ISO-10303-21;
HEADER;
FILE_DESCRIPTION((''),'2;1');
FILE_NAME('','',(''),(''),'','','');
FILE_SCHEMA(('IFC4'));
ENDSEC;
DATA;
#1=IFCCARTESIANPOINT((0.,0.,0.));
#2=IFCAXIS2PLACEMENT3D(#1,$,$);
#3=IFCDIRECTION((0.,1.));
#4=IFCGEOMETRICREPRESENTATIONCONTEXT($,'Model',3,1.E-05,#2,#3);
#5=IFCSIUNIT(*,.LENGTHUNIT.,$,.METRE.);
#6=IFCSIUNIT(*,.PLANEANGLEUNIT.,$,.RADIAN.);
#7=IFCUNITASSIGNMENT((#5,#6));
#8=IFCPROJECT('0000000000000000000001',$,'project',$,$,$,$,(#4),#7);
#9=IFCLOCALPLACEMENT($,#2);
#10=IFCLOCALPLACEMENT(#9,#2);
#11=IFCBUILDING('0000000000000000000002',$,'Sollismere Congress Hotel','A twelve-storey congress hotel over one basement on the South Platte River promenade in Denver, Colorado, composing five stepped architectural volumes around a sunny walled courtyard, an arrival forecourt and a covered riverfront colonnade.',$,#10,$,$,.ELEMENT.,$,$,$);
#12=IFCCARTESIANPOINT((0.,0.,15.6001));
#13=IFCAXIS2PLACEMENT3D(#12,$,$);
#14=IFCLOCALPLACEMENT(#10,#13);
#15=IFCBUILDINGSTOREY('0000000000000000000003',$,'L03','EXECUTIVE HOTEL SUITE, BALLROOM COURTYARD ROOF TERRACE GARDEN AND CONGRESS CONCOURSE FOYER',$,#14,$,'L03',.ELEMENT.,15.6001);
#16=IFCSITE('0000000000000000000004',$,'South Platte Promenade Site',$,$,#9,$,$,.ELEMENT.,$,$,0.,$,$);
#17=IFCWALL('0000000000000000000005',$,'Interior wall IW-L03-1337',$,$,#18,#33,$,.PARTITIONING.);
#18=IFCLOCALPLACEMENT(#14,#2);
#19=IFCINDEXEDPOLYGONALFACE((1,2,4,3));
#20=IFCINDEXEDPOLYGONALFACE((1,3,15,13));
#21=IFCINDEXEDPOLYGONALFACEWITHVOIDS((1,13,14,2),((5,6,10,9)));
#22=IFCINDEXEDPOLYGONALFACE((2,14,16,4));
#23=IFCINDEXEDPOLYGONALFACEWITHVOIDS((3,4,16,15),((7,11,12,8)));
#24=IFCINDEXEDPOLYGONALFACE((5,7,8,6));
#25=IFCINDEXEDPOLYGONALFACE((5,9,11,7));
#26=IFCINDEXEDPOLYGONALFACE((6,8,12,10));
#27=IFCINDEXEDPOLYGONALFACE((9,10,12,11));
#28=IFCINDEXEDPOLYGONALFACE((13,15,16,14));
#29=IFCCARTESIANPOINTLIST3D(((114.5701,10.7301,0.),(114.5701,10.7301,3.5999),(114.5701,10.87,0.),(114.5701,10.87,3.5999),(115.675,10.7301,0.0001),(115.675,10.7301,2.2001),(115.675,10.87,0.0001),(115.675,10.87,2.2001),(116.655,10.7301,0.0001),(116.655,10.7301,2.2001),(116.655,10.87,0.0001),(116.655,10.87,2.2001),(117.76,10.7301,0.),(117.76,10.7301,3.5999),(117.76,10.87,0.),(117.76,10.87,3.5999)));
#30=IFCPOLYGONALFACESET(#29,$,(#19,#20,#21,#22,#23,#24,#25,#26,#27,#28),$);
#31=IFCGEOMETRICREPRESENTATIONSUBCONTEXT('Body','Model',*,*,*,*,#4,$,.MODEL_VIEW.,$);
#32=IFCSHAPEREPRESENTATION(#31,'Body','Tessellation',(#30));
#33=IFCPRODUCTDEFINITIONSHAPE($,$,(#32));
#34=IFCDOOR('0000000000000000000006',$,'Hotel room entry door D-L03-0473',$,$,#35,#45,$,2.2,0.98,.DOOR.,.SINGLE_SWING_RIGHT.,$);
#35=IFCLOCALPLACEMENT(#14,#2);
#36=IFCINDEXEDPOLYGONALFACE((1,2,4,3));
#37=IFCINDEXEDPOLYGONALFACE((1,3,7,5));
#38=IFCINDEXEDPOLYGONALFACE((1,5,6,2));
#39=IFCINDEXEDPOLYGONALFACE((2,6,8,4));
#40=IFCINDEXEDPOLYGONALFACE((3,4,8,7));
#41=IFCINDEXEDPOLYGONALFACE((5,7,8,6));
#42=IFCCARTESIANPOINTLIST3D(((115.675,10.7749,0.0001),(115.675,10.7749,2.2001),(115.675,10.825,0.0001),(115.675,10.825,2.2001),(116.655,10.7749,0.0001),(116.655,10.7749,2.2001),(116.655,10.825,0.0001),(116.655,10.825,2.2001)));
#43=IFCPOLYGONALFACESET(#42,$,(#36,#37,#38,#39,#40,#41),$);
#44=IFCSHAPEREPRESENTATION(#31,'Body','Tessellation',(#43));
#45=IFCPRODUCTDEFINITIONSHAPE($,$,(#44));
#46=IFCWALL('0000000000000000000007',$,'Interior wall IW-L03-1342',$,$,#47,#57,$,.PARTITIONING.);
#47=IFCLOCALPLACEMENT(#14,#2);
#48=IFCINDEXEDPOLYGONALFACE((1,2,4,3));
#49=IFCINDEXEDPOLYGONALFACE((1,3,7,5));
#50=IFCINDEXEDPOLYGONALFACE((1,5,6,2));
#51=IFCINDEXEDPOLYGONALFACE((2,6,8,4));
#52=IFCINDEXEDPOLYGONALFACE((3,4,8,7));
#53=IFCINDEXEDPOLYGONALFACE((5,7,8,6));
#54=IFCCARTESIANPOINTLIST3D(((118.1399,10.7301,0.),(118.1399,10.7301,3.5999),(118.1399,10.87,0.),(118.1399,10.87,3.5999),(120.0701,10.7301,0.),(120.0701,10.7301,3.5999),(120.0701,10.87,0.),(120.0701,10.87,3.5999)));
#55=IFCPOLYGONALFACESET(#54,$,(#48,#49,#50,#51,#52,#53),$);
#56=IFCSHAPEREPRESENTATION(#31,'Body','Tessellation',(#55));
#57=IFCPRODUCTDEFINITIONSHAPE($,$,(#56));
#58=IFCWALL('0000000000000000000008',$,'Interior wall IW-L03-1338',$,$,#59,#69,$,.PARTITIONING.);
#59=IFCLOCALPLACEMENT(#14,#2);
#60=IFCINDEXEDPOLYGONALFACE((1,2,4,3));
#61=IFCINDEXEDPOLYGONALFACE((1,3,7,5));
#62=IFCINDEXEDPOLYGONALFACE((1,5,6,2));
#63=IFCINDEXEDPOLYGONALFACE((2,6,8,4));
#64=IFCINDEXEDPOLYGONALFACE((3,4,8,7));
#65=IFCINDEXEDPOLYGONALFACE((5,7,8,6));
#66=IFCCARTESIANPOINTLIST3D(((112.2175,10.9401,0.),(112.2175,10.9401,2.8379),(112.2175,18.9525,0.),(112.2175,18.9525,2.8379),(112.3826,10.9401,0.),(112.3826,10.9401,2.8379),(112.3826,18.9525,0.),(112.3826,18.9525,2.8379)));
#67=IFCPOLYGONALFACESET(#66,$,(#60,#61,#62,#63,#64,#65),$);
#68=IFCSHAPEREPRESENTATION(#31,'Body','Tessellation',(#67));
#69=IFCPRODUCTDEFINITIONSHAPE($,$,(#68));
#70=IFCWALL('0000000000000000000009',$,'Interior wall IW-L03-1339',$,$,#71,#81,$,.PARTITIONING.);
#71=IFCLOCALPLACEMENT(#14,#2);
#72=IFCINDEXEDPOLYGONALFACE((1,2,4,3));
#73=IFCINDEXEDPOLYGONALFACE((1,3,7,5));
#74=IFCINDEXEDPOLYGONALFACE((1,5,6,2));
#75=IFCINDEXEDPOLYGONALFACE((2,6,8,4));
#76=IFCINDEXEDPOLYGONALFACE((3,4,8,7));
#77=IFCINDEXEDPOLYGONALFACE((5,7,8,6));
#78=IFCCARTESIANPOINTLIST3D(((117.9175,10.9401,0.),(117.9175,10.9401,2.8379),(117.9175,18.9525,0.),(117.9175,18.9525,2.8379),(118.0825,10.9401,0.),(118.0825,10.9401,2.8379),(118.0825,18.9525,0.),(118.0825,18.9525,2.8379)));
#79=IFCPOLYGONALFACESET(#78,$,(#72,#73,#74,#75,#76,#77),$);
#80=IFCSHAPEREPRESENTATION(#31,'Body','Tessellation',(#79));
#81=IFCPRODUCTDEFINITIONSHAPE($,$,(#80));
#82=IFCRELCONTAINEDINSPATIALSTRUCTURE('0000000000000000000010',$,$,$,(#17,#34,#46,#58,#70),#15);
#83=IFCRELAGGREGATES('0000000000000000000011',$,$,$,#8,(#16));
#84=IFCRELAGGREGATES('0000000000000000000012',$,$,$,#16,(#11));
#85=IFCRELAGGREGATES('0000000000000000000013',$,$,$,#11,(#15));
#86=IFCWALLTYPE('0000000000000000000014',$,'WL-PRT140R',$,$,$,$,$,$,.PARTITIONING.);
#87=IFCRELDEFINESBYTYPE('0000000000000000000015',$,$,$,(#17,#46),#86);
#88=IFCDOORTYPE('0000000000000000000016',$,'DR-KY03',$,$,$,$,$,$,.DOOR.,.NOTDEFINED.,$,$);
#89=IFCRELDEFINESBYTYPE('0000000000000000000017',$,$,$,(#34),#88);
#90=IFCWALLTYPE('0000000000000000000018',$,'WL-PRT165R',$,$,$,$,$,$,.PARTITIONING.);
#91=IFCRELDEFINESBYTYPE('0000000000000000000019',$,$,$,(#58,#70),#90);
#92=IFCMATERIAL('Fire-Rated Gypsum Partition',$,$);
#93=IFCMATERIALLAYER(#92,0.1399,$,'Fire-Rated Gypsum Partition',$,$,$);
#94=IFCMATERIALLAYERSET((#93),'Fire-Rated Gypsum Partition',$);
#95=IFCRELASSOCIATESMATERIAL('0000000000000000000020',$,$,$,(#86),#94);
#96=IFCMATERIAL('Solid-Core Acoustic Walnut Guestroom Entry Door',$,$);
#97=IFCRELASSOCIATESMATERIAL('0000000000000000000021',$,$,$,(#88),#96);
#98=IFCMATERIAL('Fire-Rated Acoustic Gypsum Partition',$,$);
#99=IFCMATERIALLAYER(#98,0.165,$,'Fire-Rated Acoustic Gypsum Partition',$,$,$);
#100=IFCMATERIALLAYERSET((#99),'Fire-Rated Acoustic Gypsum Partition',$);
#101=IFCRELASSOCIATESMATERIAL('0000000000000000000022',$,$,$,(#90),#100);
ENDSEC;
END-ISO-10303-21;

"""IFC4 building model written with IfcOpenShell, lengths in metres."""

from ifc_helpers import new_model, si_unit, direction, frame, frame_2d, origin, place, context, subcontext, project, spatial, rectangle, extrude, material, layer, layer_set, type_object, element, fill, save


model = new_model("IFC4")

# Units and contexts
model_context = context("Model", 3, precision=1e-05, world=origin(), true_north=direction((0.0, 1.0)))
body_context = subcontext(model_context, "Body", "Model", "MODEL_VIEW")
ifc_project = project(units=[si_unit("LENGTHUNIT", "METRE"), si_unit("PLANEANGLEUNIT", "RADIAN")], contexts=[model_context])

# Site, building, storey
site_placement = place(None, origin())
site = spatial("IfcSite", under=ifc_project, at=site_placement, Name="South Platte Promenade Site", CompositionType="ELEMENT", RefElevation=0.0)
building_placement = place(site_placement, origin())
building = spatial("IfcBuilding", under=site, at=building_placement, Name="Sollismere Congress Hotel", Description="A twelve-storey congress hotel over one basement on the South Platte River promenade in Denver, Colorado, composing five stepped architectural volumes around a sunny walled courtyard, an arrival forecourt and a covered riverfront colonnade.", CompositionType="ELEMENT")
storey_placement = place(building_placement, frame((0.0, 0.0, 15.6001)))
storey = spatial("IfcBuildingStorey", under=building, at=storey_placement, Name="L03", Description="EXECUTIVE HOTEL SUITE, BALLROOM COURTYARD ROOF TERRACE GARDEN AND CONGRESS CONCOURSE FOYER", LongName="L03", CompositionType="ELEMENT", Elevation=15.6001)

# Shared definitions
ifc_material_1 = material(Name="Fire-Rated Gypsum Partition")
ifc_layer_1 = layer(ifc_material_1, 0.1399, Name="Fire-Rated Gypsum Partition")
ifc_layer_set_1 = layer_set([ifc_layer_1], Name="Fire-Rated Gypsum Partition")
wall_type_1 = type_object("IfcWallType", Name="WL-PRT140R", PredefinedType="PARTITIONING", material=ifc_layer_set_1)

# Shared definitions
ifc_material_2 = material(Name="Solid-Core Acoustic Walnut Guestroom Entry Door")

# Wall, opening, door
wall_1_placement = place(storey_placement, frame((114.5701, 10.8, 0.0), z_axis=(0.0, 0.0, 1.0), x_axis=(1.0, 0.0, 0.0)))
wall_1 = element("IfcWall", 1, at=wall_1_placement, inside=storey, type_object=wall_type_1, Name="Interior wall IW-L03-1337", PredefinedType="PARTITIONING", context=body_context, shape_type="SweptSolid", body=[
    extrude(rectangle(XDim=3.1899, YDim=0.1399, at=frame_2d((1.595, 0.0))), origin(), (0.0, 0.0, 1.0), 3.5999),
])
opening_1_placement = place(wall_1_placement, frame((1.105, 0.0, 0.0)))
opening_1 = element("IfcOpeningElement", 2, at=opening_1_placement, cuts=wall_1, PredefinedType="OPENING", context=body_context, shape_type="SweptSolid", body=[
    extrude(rectangle(XDim=0.98, YDim=2.2, at=frame_2d((0.49, 1.1001))), frame((0.0, 0.0798, 0.0), z_axis=(0.0, -1.0, 0.0), x_axis=(1.0, 0.0, 0.0)), (0.0, 0.0, 1.0), 0.1599),
])
door_type_1 = type_object("IfcDoorType", Name="DR-KY03", OperationType="NOTDEFINED", PredefinedType="DOOR", material=ifc_material_2)
door_1_placement = place(opening_1_placement, origin())
door_1 = element("IfcDoor", 3, at=door_1_placement, inside=storey, type_object=door_type_1, Name="Hotel room entry door D-L03-0473", OperationType="SINGLE_SWING_RIGHT", OverallHeight=2.2, OverallWidth=0.98, PredefinedType="DOOR", context=body_context, shape_type="SweptSolid", body=[
    extrude(rectangle(XDim=0.98, YDim=2.2, at=frame_2d((0.49, 1.1001))), frame((0.0, 0.0249, 0.0), z_axis=(0.0, -1.0, 0.0), x_axis=(1.0, 0.0, 0.0)), (0.0, 0.0, 1.0), 0.05),
])
fill(opening_1, door_1)

# Walls
wall_2_placement = place(storey_placement, frame((118.1399, 10.8, 0.0), z_axis=(0.0, 0.0, 1.0), x_axis=(1.0, 0.0, 0.0)))
element("IfcWall", 4, at=wall_2_placement, inside=storey, type_object=wall_type_1, Name="Interior wall IW-L03-1342", PredefinedType="PARTITIONING", context=body_context, shape_type="SweptSolid", body=[
    extrude(rectangle(XDim=1.9302, YDim=0.1399, at=frame_2d((0.9651, 0.0))), origin(), (0.0, 0.0, 1.0), 3.5999),
])
ifc_material_3 = material(Name="Fire-Rated Acoustic Gypsum Partition")
ifc_layer_2 = layer(ifc_material_3, 0.165, Name="Fire-Rated Acoustic Gypsum Partition")
ifc_layer_set_2 = layer_set([ifc_layer_2], Name="Fire-Rated Acoustic Gypsum Partition")
wall_type_2 = type_object("IfcWallType", Name="WL-PRT165R", PredefinedType="PARTITIONING", material=ifc_layer_set_2)
for number, where, z_axis, x_axis, name in (
    (5, (112.3, 10.9399, 0.0), (0.0, 0.0, 1.0), (0.0, 1.0, 0.0), "Interior wall IW-L03-1338"),
    (6, (118.0, 10.9399, 0.0), (0.0, 0.0, 1.0), (0.0, 1.0, 0.0), "Interior wall IW-L03-1339"),
):
    element("IfcWall", number, at=place(storey_placement, frame(where, z_axis=z_axis, x_axis=x_axis)), inside=storey, type_object=wall_type_2, Name=name, PredefinedType="PARTITIONING", context=body_context, shape_type="SweptSolid", body=[
        extrude(rectangle(XDim=8.0125, YDim=0.165, at=frame_2d((4.0063, 0.0))), origin(), (0.0, 0.0, 1.0), 2.8379),
    ])

save(model, "model.ifc")
